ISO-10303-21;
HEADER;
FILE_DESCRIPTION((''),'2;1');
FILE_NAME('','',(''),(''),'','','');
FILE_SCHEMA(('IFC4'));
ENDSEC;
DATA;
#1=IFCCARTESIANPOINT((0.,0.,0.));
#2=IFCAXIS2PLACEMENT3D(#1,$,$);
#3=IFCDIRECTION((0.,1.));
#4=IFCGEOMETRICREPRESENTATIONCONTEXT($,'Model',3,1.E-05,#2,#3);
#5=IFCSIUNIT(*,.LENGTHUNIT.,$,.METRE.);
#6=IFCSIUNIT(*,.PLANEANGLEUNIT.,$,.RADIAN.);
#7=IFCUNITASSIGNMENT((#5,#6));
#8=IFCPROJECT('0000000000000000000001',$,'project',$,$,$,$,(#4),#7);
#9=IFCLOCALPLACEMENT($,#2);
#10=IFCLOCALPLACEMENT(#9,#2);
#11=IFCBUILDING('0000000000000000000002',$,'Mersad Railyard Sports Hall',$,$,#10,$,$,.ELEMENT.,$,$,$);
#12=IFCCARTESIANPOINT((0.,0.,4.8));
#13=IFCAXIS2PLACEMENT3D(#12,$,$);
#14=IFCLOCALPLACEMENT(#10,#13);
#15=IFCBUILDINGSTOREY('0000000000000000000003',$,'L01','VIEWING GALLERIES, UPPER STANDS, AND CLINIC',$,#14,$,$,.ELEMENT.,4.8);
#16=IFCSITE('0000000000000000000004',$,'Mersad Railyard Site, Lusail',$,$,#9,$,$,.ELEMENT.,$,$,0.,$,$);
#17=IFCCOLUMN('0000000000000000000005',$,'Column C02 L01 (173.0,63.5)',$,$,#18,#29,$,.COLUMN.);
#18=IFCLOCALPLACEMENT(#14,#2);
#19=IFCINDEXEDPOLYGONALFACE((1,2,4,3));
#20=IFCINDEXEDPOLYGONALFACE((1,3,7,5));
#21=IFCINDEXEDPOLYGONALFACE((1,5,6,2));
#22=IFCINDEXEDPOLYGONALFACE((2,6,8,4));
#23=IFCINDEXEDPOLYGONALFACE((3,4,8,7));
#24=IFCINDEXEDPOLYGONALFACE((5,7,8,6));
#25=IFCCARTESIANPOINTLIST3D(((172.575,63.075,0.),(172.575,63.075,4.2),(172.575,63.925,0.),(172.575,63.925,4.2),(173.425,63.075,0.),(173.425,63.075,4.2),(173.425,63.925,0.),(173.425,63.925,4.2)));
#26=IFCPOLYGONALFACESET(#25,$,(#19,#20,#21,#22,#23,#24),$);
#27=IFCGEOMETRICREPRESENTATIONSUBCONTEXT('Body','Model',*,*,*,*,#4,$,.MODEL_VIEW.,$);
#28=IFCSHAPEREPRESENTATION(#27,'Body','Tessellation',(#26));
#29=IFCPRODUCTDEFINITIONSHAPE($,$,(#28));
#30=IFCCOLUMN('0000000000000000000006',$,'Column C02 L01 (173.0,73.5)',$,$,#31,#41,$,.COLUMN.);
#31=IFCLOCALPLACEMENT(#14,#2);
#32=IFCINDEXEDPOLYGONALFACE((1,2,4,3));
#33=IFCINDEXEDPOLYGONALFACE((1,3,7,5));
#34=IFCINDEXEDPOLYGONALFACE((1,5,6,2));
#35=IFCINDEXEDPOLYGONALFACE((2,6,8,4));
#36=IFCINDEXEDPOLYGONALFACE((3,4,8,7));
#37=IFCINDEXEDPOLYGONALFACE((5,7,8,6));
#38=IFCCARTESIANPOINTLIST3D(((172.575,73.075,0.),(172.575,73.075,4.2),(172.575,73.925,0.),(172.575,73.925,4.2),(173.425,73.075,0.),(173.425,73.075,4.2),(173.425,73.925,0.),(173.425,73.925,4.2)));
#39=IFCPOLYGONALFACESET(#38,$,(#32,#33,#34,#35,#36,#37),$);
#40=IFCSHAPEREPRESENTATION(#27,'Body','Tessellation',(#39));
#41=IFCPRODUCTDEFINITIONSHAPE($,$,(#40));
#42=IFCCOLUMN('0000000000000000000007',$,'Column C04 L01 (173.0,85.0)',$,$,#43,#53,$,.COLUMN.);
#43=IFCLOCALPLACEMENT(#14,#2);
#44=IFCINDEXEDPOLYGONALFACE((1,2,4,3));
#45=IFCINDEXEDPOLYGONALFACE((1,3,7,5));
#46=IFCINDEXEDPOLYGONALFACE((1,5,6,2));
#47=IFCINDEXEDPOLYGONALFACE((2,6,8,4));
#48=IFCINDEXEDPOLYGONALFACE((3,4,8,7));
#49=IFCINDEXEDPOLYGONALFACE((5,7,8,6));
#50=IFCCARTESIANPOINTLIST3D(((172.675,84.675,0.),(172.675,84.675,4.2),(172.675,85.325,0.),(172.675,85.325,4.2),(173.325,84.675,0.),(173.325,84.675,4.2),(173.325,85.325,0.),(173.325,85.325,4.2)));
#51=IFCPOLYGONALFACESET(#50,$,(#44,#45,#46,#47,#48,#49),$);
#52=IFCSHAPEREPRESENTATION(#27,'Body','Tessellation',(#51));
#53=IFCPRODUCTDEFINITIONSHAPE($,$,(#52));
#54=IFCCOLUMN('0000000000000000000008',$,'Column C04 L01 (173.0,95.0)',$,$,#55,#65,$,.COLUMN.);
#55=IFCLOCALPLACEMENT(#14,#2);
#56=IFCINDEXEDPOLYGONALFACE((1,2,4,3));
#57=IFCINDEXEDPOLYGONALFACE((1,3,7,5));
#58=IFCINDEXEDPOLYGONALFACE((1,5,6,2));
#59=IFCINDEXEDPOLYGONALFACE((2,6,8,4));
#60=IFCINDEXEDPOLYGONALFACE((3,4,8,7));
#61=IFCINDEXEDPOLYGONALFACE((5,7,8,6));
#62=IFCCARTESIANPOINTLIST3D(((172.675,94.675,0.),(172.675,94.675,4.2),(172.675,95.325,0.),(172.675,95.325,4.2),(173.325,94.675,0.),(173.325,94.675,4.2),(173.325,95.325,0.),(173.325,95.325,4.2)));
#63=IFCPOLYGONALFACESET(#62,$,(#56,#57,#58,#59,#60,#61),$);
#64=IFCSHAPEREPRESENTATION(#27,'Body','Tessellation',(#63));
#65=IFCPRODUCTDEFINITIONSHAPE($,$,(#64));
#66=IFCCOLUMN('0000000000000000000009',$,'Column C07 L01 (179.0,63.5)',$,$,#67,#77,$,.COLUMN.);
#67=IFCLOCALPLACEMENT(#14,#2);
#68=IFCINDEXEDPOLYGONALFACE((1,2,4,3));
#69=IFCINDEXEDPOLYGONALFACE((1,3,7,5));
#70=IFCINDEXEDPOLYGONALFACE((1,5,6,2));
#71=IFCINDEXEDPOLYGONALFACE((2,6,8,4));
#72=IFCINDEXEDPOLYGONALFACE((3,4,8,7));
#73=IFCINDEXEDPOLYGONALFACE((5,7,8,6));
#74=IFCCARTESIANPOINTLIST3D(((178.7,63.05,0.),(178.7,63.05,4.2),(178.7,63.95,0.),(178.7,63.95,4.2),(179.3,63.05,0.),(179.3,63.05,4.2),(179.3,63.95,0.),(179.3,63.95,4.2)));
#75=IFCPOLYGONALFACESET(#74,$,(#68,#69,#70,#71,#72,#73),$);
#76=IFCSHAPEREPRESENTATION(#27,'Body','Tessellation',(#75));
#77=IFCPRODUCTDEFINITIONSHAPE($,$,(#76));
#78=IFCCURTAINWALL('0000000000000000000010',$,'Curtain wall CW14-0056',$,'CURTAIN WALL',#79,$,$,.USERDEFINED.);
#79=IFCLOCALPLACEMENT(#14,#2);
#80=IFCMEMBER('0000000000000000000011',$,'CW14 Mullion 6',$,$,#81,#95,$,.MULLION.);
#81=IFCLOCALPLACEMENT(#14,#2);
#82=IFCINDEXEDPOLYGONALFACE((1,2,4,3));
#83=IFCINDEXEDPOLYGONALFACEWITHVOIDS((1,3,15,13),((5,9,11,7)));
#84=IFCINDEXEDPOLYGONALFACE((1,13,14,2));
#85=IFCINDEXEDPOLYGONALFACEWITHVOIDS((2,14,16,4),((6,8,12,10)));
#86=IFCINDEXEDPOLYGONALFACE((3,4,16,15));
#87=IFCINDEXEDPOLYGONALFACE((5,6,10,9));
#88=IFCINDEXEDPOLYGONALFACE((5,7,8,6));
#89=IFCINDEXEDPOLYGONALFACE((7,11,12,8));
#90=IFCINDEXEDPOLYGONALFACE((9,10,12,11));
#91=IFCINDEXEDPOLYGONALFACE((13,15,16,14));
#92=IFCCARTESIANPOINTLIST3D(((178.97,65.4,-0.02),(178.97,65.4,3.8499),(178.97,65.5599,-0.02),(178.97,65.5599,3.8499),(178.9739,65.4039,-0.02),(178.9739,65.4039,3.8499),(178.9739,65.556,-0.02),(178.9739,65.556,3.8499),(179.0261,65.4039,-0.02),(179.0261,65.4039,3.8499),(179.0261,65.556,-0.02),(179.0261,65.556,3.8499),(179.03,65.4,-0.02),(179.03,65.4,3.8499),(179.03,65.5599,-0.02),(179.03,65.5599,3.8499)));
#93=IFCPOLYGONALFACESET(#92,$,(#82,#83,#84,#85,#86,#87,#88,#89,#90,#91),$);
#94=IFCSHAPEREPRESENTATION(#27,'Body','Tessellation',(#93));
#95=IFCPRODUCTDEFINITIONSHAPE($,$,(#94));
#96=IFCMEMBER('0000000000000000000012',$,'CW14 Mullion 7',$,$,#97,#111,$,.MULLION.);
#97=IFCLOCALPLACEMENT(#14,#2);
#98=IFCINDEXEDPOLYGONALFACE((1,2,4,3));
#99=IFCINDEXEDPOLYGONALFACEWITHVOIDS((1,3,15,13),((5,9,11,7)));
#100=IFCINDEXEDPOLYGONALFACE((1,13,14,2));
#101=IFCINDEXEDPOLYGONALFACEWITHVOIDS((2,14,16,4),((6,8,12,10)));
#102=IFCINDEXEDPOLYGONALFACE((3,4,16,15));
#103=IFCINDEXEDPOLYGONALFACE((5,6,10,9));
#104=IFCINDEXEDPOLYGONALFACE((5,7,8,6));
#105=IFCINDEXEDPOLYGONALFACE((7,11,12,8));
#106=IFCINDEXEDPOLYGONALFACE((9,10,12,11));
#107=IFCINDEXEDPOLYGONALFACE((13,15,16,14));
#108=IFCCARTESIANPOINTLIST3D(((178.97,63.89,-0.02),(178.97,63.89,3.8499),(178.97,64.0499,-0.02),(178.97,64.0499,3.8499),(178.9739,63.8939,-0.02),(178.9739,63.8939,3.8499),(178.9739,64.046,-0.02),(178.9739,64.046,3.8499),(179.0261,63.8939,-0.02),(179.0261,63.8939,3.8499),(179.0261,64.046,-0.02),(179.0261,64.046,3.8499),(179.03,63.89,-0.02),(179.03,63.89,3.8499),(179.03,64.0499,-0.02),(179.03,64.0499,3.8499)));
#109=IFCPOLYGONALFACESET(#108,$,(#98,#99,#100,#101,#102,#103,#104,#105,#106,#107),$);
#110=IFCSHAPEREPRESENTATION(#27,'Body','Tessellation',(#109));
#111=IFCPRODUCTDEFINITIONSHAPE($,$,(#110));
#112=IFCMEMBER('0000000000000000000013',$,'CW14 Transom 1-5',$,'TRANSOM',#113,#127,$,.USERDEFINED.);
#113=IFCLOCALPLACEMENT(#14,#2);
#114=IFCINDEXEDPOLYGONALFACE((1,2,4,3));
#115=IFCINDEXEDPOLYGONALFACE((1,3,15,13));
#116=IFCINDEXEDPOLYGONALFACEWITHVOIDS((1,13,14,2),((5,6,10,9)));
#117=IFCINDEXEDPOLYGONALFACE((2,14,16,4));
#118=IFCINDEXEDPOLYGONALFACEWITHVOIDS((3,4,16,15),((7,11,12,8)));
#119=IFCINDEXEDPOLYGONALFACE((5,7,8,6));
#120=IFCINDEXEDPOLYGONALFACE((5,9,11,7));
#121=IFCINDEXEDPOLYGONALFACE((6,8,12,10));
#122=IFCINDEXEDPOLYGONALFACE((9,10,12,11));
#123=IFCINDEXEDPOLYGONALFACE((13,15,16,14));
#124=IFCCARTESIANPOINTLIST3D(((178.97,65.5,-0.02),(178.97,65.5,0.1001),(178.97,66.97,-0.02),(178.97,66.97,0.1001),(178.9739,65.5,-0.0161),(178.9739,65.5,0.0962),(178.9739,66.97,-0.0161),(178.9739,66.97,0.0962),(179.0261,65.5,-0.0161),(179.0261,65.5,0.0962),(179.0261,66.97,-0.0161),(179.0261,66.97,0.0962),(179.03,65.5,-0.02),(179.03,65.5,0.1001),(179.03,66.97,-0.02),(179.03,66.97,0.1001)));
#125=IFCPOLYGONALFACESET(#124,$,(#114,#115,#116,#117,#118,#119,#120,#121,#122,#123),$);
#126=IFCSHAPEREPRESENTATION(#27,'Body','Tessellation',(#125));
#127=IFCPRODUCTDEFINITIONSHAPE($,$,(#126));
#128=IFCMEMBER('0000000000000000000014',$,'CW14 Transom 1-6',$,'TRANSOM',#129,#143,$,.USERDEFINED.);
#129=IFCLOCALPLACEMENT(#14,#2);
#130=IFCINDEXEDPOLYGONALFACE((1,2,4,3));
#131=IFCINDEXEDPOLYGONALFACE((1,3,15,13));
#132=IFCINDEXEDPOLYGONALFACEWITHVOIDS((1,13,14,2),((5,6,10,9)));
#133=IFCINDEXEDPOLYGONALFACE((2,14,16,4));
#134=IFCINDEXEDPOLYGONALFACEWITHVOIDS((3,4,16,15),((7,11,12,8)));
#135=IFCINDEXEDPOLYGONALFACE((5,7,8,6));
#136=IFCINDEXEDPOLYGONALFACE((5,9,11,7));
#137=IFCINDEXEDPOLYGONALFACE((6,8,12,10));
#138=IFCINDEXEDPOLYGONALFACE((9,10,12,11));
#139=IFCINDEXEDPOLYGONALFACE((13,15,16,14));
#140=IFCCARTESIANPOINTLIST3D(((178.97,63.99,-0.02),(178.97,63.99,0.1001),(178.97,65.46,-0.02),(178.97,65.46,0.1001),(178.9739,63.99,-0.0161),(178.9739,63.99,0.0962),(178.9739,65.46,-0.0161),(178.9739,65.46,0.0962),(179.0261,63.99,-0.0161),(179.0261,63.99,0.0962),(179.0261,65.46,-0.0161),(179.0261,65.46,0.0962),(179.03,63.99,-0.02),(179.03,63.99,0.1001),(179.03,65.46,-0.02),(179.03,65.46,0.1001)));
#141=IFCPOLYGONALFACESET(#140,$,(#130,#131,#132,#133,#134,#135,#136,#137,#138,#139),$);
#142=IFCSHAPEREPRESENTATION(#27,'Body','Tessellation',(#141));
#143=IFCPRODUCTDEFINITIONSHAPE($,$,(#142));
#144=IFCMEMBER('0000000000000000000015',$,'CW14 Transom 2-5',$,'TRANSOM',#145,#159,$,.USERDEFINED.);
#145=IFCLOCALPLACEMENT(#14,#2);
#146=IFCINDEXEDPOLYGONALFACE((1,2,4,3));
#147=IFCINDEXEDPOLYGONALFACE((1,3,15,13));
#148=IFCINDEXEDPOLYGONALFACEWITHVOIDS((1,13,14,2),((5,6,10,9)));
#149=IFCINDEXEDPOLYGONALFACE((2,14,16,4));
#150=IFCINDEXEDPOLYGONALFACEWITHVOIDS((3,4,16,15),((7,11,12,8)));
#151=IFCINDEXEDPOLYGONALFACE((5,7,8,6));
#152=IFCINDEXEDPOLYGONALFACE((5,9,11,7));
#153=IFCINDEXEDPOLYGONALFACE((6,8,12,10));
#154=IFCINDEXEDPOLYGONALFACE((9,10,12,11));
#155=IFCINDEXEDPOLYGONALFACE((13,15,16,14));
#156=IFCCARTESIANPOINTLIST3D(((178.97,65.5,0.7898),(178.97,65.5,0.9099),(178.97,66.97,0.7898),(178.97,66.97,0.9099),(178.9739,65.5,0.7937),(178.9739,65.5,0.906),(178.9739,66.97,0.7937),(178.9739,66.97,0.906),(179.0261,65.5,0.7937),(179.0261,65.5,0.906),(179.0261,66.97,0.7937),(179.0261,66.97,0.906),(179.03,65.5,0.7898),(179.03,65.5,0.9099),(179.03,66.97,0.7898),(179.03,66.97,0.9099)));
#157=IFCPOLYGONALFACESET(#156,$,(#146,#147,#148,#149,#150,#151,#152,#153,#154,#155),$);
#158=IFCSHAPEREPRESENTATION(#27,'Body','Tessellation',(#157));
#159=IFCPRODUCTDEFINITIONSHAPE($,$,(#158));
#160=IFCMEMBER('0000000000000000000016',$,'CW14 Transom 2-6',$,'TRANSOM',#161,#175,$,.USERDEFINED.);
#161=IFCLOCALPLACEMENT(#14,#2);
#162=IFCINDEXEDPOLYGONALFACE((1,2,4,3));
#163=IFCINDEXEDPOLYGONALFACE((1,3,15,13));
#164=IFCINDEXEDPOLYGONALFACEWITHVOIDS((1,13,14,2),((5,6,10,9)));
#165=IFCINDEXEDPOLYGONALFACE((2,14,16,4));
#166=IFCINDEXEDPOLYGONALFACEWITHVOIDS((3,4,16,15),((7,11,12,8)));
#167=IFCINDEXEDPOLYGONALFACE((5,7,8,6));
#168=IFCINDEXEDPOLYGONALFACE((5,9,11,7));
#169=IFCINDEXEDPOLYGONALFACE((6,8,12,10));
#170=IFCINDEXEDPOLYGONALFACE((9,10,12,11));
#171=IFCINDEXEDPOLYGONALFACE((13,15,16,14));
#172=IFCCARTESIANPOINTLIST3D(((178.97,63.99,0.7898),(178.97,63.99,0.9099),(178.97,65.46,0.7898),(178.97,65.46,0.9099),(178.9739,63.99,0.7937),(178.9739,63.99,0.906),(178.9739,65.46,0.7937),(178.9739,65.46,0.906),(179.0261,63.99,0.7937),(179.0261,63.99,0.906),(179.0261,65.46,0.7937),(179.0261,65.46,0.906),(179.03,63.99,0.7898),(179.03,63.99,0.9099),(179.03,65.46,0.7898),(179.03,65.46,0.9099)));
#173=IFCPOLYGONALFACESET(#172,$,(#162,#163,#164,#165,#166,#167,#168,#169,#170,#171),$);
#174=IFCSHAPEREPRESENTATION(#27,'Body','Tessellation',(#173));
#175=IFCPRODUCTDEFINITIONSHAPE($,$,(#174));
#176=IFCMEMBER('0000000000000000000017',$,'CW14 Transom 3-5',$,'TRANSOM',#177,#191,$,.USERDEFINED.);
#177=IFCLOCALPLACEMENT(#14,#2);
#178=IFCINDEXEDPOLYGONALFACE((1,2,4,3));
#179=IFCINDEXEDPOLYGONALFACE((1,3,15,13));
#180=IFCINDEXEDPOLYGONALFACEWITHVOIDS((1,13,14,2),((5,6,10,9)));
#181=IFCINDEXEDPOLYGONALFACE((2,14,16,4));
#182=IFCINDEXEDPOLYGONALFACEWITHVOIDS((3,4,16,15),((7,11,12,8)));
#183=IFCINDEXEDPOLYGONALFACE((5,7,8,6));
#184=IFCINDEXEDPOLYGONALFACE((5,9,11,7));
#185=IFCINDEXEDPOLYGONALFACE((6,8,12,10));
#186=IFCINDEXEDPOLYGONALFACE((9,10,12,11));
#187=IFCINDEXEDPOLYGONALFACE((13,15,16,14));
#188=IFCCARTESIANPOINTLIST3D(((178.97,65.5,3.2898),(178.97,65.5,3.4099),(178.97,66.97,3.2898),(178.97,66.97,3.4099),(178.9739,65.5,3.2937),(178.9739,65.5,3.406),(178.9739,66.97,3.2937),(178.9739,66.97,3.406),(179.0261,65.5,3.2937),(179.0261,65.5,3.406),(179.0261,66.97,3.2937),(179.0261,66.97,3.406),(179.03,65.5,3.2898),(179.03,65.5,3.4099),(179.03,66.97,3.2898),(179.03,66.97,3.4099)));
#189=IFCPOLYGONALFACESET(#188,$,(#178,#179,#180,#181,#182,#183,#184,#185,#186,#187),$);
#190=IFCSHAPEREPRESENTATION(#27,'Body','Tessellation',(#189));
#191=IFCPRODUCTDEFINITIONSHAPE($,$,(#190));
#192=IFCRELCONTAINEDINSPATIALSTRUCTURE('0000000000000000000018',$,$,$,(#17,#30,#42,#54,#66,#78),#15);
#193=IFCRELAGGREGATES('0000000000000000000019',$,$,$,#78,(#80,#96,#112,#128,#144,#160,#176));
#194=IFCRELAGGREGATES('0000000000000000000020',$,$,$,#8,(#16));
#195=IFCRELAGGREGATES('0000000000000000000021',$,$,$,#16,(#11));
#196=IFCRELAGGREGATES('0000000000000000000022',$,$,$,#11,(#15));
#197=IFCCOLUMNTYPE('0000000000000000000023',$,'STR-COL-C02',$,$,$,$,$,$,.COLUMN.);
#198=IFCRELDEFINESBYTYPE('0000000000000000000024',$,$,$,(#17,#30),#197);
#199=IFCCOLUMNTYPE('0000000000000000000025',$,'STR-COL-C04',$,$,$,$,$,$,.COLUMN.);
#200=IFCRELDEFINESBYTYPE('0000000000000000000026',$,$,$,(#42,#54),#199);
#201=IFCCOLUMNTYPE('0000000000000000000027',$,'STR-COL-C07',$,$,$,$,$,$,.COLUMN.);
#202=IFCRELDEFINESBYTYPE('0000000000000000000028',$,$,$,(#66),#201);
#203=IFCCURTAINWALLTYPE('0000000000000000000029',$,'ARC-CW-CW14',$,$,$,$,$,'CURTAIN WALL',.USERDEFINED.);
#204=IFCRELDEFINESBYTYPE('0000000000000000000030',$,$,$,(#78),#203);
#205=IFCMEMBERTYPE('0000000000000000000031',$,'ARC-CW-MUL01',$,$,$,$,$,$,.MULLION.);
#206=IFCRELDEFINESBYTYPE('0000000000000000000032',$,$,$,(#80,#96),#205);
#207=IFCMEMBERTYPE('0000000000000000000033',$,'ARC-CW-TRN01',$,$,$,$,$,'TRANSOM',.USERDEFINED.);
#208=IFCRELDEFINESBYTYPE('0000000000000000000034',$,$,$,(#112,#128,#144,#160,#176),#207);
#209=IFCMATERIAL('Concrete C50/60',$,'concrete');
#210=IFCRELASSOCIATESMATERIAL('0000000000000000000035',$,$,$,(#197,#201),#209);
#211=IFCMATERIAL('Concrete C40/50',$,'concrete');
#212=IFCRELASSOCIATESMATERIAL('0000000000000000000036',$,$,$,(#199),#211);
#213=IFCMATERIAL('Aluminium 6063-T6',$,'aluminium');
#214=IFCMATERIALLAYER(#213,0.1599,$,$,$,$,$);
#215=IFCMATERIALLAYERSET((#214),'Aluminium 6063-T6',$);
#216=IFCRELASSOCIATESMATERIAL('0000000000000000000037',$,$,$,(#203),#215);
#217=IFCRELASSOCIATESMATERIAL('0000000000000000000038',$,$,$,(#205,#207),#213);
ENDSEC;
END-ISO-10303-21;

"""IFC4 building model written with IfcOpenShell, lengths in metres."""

from ifc_helpers import new_model, si_unit, direction, frame, origin, origin_2d, place, context, subcontext, project, spatial, rectangle, hollow_rectangle, extrude, material, layer, layer_set, material_profile, profile_set, type_object, element, aggregate, save


model = new_model("IFC4")

# Units and contexts
model_context = context("Model", 3, precision=1e-05, world=origin(), true_north=direction((0.0, 1.0)))
body_context = subcontext(model_context, "Body", "Model", "MODEL_VIEW")
ifc_project = project(units=[si_unit("LENGTHUNIT", "METRE"), si_unit("PLANEANGLEUNIT", "RADIAN")], contexts=[model_context])

# Site, building, storey
site_placement = place(None, origin())
site = spatial("IfcSite", under=ifc_project, at=site_placement, Name="Mersad Railyard Site, Lusail", CompositionType="ELEMENT", RefElevation=0.0)
building_placement = place(site_placement, origin())
building = spatial("IfcBuilding", under=site, at=building_placement, Name="Mersad Railyard Sports Hall", CompositionType="ELEMENT")
storey_placement = place(building_placement, frame((0.0, 0.0, 4.8)))
storey = spatial("IfcBuildingStorey", under=building, at=storey_placement, Name="L01", Description="VIEWING GALLERIES, UPPER STANDS, AND CLINIC", CompositionType="ELEMENT", Elevation=4.8)

# Columns
ifc_material_1 = material(Name="Concrete C50/60", Category="concrete")
ifc_material_profile_1 = material_profile(ifc_material_1, rectangle(XDim=0.8501, YDim=0.8501, at=origin_2d()), Name="RC 850x850")
ifc_profile_set_1 = profile_set([ifc_material_profile_1], Name="Concrete C50/60")
column_type_1 = type_object("IfcColumnType", Name="STR-COL-C02", PredefinedType="COLUMN", material=ifc_profile_set_1)
for number, where, z_axis, x_axis, name in (
    (1, (173.0, 63.5, 0.0), (0.0, 0.0, 1.0), (1.0, 0.0, 0.0), "Column C02 L01 (173.0,63.5)"),
    (2, (173.0, 73.5, 0.0), (0.0, 0.0, 1.0), (1.0, 0.0, 0.0), "Column C02 L01 (173.0,73.5)"),
):
    element("IfcColumn", number, at=place(storey_placement, frame(where, z_axis=z_axis, x_axis=x_axis)), inside=storey, type_object=column_type_1, Name=name, PredefinedType="COLUMN", context=body_context, shape_type="SweptSolid", body=[
        extrude(rectangle(XDim=0.8501, YDim=0.8501, at=origin_2d()), origin(), (0.0, 0.0, 1.0), 4.2),
    ])
ifc_material_2 = material(Name="Concrete C40/50", Category="concrete")
ifc_material_profile_2 = material_profile(ifc_material_2, rectangle(XDim=0.6499, YDim=0.6499, at=origin_2d()), Name="RC 650x650")
ifc_profile_set_2 = profile_set([ifc_material_profile_2], Name="Concrete C40/50")
column_type_2 = type_object("IfcColumnType", Name="STR-COL-C04", PredefinedType="COLUMN", material=ifc_profile_set_2)
for number, where, z_axis, x_axis, name in (
    (3, (173.0, 85.0, 0.0), (0.0, 0.0, 1.0), (1.0, 0.0, 0.0), "Column C04 L01 (173.0,85.0)"),
    (4, (173.0, 95.0, 0.0), (0.0, 0.0, 1.0), (1.0, 0.0, 0.0), "Column C04 L01 (173.0,95.0)"),
):
    element("IfcColumn", number, at=place(storey_placement, frame(where, z_axis=z_axis, x_axis=x_axis)), inside=storey, type_object=column_type_2, Name=name, PredefinedType="COLUMN", context=body_context, shape_type="SweptSolid", body=[
        extrude(rectangle(XDim=0.6499, YDim=0.6499, at=origin_2d()), origin(), (0.0, 0.0, 1.0), 4.2),
    ])
ifc_material_profile_3 = material_profile(ifc_material_1, rectangle(XDim=0.6001, YDim=0.8999, at=origin_2d()), Name="RC 600x900")
ifc_profile_set_3 = profile_set([ifc_material_profile_3], Name="Concrete C50/60")
column_type_3 = type_object("IfcColumnType", Name="STR-COL-C07", PredefinedType="COLUMN", material=ifc_profile_set_3)
column_placement = place(storey_placement, frame((179.0, 63.5, 0.0), z_axis=(0.0, 0.0, 1.0), x_axis=(1.0, 0.0, 0.0)))
element("IfcColumn", 5, at=column_placement, inside=storey, type_object=column_type_3, Name="Column C07 L01 (179.0,63.5)", PredefinedType="COLUMN", context=body_context, shape_type="SweptSolid", body=[
    extrude(rectangle(XDim=0.6001, YDim=0.8999, at=origin_2d()), origin(), (0.0, 0.0, 1.0), 4.2),
])

# Curtain wall, members
ifc_material_3 = material(Name="Aluminium 6063-T6", Category="aluminium")
ifc_layer_1 = layer(ifc_material_3, 0.1599)
ifc_layer_set_1 = layer_set([ifc_layer_1], Name="Aluminium 6063-T6")
curtain_wall_type = type_object("IfcCurtainWallType", Name="ARC-CW-CW14", ElementType="CURTAIN WALL", PredefinedType="USERDEFINED", material=ifc_layer_set_1)
curtain_wall_placement = place(storey_placement, origin())
curtain_wall = element("IfcCurtainWall", 6, at=curtain_wall_placement, inside=storey, type_object=curtain_wall_type, Name="Curtain wall CW14-0056", ObjectType="CURTAIN WALL", PredefinedType="USERDEFINED")
ifc_material_profile_4 = material_profile(ifc_material_3, hollow_rectangle(XDim=0.0601, YDim=0.1599, WallThickness=0.0039, at=origin_2d()), Name="AL MULLION 60x160x4")
ifc_profile_set_4 = profile_set([ifc_material_profile_4], Name="Aluminium 6063-T6")
member_type_1 = type_object("IfcMemberType", Name="ARC-CW-MUL01", PredefinedType="MULLION", material=ifc_profile_set_4)
member_1_placement = place(storey_placement, frame((179.0, 65.48, -0.02), z_axis=(0.0, 0.0, 1.0), x_axis=(1.0, 0.0, 0.0)))
member_1 = element("IfcMember", 7, at=member_1_placement, type_object=member_type_1, Name="CW14 Mullion 6", PredefinedType="MULLION", context=body_context, shape_type="SweptSolid", body=[
    extrude(hollow_rectangle(XDim=0.0601, YDim=0.1599, WallThickness=0.0039, at=origin_2d()), origin(), (0.0, 0.0, 1.0), 3.8699),
])
member_2_placement = place(storey_placement, frame((179.0, 63.97, -0.02), z_axis=(0.0, 0.0, 1.0), x_axis=(1.0, 0.0, 0.0)))
member_2 = element("IfcMember", 8, at=member_2_placement, type_object=member_type_1, Name="CW14 Mullion 7", PredefinedType="MULLION", context=body_context, shape_type="SweptSolid", body=[
    extrude(hollow_rectangle(XDim=0.0601, YDim=0.1599, WallThickness=0.0039, at=origin_2d()), origin(), (0.0, 0.0, 1.0), 3.8699),
])
ifc_material_profile_5 = material_profile(ifc_material_3, hollow_rectangle(XDim=0.0601, YDim=0.1201, WallThickness=0.0039, at=origin_2d()), Name="AL TRANSOM 60x120x4")
ifc_profile_set_5 = profile_set([ifc_material_profile_5], Name="Aluminium 6063-T6")
member_type_2 = type_object("IfcMemberType", Name="ARC-CW-TRN01", ElementType="TRANSOM", PredefinedType="USERDEFINED", material=ifc_profile_set_5)
member_3_placement = place(storey_placement, frame((179.0, 66.97, 0.04), z_axis=(0.0, -1.0, 0.0), x_axis=(1.0, 0.0, 0.0)))
member_3 = element("IfcMember", 9, at=member_3_placement, type_object=member_type_2, Name="CW14 Transom 1-5", ObjectType="TRANSOM", PredefinedType="USERDEFINED", context=body_context, shape_type="SweptSolid", body=[
    extrude(hollow_rectangle(XDim=0.0601, YDim=0.1201, WallThickness=0.0039, at=origin_2d()), origin(), (0.0, 0.0, 1.0), 1.47),
])
member_4_placement = place(storey_placement, frame((179.0, 65.46, 0.04), z_axis=(0.0, -1.0, 0.0), x_axis=(1.0, 0.0, 0.0)))
member_4 = element("IfcMember", 10, at=member_4_placement, type_object=member_type_2, Name="CW14 Transom 1-6", ObjectType="TRANSOM", PredefinedType="USERDEFINED", context=body_context, shape_type="SweptSolid", body=[
    extrude(hollow_rectangle(XDim=0.0601, YDim=0.1201, WallThickness=0.0039, at=origin_2d()), origin(), (0.0, 0.0, 1.0), 1.47),
])
member_5_placement = place(storey_placement, frame((179.0, 66.97, 0.8499), z_axis=(0.0, -1.0, 0.0), x_axis=(1.0, 0.0, 0.0)))
member_5 = element("IfcMember", 11, at=member_5_placement, type_object=member_type_2, Name="CW14 Transom 2-5", ObjectType="TRANSOM", PredefinedType="USERDEFINED", context=body_context, shape_type="SweptSolid", body=[
    extrude(hollow_rectangle(XDim=0.0601, YDim=0.1201, WallThickness=0.0039, at=origin_2d()), origin(), (0.0, 0.0, 1.0), 1.47),
])
member_6_placement = place(storey_placement, frame((179.0, 65.46, 0.8499), z_axis=(0.0, -1.0, 0.0), x_axis=(1.0, 0.0, 0.0)))
member_6 = element("IfcMember", 12, at=member_6_placement, type_object=member_type_2, Name="CW14 Transom 2-6", ObjectType="TRANSOM", PredefinedType="USERDEFINED", context=body_context, shape_type="SweptSolid", body=[
    extrude(hollow_rectangle(XDim=0.0601, YDim=0.1201, WallThickness=0.0039, at=origin_2d()), origin(), (0.0, 0.0, 1.0), 1.47),
])
member_7_placement = place(storey_placement, frame((179.0, 66.97, 3.3499), z_axis=(0.0, -1.0, 0.0), x_axis=(1.0, 0.0, 0.0)))
member_7 = element("IfcMember", 13, at=member_7_placement, type_object=member_type_2, Name="CW14 Transom 3-5", ObjectType="TRANSOM", PredefinedType="USERDEFINED", context=body_context, shape_type="SweptSolid", body=[
    extrude(hollow_rectangle(XDim=0.0601, YDim=0.1201, WallThickness=0.0039, at=origin_2d()), origin(), (0.0, 0.0, 1.0), 1.47),
])

aggregate(curtain_wall, [member_1, member_2, member_3, member_4, member_5, member_6, member_7])

save(model, "model.ifc")
